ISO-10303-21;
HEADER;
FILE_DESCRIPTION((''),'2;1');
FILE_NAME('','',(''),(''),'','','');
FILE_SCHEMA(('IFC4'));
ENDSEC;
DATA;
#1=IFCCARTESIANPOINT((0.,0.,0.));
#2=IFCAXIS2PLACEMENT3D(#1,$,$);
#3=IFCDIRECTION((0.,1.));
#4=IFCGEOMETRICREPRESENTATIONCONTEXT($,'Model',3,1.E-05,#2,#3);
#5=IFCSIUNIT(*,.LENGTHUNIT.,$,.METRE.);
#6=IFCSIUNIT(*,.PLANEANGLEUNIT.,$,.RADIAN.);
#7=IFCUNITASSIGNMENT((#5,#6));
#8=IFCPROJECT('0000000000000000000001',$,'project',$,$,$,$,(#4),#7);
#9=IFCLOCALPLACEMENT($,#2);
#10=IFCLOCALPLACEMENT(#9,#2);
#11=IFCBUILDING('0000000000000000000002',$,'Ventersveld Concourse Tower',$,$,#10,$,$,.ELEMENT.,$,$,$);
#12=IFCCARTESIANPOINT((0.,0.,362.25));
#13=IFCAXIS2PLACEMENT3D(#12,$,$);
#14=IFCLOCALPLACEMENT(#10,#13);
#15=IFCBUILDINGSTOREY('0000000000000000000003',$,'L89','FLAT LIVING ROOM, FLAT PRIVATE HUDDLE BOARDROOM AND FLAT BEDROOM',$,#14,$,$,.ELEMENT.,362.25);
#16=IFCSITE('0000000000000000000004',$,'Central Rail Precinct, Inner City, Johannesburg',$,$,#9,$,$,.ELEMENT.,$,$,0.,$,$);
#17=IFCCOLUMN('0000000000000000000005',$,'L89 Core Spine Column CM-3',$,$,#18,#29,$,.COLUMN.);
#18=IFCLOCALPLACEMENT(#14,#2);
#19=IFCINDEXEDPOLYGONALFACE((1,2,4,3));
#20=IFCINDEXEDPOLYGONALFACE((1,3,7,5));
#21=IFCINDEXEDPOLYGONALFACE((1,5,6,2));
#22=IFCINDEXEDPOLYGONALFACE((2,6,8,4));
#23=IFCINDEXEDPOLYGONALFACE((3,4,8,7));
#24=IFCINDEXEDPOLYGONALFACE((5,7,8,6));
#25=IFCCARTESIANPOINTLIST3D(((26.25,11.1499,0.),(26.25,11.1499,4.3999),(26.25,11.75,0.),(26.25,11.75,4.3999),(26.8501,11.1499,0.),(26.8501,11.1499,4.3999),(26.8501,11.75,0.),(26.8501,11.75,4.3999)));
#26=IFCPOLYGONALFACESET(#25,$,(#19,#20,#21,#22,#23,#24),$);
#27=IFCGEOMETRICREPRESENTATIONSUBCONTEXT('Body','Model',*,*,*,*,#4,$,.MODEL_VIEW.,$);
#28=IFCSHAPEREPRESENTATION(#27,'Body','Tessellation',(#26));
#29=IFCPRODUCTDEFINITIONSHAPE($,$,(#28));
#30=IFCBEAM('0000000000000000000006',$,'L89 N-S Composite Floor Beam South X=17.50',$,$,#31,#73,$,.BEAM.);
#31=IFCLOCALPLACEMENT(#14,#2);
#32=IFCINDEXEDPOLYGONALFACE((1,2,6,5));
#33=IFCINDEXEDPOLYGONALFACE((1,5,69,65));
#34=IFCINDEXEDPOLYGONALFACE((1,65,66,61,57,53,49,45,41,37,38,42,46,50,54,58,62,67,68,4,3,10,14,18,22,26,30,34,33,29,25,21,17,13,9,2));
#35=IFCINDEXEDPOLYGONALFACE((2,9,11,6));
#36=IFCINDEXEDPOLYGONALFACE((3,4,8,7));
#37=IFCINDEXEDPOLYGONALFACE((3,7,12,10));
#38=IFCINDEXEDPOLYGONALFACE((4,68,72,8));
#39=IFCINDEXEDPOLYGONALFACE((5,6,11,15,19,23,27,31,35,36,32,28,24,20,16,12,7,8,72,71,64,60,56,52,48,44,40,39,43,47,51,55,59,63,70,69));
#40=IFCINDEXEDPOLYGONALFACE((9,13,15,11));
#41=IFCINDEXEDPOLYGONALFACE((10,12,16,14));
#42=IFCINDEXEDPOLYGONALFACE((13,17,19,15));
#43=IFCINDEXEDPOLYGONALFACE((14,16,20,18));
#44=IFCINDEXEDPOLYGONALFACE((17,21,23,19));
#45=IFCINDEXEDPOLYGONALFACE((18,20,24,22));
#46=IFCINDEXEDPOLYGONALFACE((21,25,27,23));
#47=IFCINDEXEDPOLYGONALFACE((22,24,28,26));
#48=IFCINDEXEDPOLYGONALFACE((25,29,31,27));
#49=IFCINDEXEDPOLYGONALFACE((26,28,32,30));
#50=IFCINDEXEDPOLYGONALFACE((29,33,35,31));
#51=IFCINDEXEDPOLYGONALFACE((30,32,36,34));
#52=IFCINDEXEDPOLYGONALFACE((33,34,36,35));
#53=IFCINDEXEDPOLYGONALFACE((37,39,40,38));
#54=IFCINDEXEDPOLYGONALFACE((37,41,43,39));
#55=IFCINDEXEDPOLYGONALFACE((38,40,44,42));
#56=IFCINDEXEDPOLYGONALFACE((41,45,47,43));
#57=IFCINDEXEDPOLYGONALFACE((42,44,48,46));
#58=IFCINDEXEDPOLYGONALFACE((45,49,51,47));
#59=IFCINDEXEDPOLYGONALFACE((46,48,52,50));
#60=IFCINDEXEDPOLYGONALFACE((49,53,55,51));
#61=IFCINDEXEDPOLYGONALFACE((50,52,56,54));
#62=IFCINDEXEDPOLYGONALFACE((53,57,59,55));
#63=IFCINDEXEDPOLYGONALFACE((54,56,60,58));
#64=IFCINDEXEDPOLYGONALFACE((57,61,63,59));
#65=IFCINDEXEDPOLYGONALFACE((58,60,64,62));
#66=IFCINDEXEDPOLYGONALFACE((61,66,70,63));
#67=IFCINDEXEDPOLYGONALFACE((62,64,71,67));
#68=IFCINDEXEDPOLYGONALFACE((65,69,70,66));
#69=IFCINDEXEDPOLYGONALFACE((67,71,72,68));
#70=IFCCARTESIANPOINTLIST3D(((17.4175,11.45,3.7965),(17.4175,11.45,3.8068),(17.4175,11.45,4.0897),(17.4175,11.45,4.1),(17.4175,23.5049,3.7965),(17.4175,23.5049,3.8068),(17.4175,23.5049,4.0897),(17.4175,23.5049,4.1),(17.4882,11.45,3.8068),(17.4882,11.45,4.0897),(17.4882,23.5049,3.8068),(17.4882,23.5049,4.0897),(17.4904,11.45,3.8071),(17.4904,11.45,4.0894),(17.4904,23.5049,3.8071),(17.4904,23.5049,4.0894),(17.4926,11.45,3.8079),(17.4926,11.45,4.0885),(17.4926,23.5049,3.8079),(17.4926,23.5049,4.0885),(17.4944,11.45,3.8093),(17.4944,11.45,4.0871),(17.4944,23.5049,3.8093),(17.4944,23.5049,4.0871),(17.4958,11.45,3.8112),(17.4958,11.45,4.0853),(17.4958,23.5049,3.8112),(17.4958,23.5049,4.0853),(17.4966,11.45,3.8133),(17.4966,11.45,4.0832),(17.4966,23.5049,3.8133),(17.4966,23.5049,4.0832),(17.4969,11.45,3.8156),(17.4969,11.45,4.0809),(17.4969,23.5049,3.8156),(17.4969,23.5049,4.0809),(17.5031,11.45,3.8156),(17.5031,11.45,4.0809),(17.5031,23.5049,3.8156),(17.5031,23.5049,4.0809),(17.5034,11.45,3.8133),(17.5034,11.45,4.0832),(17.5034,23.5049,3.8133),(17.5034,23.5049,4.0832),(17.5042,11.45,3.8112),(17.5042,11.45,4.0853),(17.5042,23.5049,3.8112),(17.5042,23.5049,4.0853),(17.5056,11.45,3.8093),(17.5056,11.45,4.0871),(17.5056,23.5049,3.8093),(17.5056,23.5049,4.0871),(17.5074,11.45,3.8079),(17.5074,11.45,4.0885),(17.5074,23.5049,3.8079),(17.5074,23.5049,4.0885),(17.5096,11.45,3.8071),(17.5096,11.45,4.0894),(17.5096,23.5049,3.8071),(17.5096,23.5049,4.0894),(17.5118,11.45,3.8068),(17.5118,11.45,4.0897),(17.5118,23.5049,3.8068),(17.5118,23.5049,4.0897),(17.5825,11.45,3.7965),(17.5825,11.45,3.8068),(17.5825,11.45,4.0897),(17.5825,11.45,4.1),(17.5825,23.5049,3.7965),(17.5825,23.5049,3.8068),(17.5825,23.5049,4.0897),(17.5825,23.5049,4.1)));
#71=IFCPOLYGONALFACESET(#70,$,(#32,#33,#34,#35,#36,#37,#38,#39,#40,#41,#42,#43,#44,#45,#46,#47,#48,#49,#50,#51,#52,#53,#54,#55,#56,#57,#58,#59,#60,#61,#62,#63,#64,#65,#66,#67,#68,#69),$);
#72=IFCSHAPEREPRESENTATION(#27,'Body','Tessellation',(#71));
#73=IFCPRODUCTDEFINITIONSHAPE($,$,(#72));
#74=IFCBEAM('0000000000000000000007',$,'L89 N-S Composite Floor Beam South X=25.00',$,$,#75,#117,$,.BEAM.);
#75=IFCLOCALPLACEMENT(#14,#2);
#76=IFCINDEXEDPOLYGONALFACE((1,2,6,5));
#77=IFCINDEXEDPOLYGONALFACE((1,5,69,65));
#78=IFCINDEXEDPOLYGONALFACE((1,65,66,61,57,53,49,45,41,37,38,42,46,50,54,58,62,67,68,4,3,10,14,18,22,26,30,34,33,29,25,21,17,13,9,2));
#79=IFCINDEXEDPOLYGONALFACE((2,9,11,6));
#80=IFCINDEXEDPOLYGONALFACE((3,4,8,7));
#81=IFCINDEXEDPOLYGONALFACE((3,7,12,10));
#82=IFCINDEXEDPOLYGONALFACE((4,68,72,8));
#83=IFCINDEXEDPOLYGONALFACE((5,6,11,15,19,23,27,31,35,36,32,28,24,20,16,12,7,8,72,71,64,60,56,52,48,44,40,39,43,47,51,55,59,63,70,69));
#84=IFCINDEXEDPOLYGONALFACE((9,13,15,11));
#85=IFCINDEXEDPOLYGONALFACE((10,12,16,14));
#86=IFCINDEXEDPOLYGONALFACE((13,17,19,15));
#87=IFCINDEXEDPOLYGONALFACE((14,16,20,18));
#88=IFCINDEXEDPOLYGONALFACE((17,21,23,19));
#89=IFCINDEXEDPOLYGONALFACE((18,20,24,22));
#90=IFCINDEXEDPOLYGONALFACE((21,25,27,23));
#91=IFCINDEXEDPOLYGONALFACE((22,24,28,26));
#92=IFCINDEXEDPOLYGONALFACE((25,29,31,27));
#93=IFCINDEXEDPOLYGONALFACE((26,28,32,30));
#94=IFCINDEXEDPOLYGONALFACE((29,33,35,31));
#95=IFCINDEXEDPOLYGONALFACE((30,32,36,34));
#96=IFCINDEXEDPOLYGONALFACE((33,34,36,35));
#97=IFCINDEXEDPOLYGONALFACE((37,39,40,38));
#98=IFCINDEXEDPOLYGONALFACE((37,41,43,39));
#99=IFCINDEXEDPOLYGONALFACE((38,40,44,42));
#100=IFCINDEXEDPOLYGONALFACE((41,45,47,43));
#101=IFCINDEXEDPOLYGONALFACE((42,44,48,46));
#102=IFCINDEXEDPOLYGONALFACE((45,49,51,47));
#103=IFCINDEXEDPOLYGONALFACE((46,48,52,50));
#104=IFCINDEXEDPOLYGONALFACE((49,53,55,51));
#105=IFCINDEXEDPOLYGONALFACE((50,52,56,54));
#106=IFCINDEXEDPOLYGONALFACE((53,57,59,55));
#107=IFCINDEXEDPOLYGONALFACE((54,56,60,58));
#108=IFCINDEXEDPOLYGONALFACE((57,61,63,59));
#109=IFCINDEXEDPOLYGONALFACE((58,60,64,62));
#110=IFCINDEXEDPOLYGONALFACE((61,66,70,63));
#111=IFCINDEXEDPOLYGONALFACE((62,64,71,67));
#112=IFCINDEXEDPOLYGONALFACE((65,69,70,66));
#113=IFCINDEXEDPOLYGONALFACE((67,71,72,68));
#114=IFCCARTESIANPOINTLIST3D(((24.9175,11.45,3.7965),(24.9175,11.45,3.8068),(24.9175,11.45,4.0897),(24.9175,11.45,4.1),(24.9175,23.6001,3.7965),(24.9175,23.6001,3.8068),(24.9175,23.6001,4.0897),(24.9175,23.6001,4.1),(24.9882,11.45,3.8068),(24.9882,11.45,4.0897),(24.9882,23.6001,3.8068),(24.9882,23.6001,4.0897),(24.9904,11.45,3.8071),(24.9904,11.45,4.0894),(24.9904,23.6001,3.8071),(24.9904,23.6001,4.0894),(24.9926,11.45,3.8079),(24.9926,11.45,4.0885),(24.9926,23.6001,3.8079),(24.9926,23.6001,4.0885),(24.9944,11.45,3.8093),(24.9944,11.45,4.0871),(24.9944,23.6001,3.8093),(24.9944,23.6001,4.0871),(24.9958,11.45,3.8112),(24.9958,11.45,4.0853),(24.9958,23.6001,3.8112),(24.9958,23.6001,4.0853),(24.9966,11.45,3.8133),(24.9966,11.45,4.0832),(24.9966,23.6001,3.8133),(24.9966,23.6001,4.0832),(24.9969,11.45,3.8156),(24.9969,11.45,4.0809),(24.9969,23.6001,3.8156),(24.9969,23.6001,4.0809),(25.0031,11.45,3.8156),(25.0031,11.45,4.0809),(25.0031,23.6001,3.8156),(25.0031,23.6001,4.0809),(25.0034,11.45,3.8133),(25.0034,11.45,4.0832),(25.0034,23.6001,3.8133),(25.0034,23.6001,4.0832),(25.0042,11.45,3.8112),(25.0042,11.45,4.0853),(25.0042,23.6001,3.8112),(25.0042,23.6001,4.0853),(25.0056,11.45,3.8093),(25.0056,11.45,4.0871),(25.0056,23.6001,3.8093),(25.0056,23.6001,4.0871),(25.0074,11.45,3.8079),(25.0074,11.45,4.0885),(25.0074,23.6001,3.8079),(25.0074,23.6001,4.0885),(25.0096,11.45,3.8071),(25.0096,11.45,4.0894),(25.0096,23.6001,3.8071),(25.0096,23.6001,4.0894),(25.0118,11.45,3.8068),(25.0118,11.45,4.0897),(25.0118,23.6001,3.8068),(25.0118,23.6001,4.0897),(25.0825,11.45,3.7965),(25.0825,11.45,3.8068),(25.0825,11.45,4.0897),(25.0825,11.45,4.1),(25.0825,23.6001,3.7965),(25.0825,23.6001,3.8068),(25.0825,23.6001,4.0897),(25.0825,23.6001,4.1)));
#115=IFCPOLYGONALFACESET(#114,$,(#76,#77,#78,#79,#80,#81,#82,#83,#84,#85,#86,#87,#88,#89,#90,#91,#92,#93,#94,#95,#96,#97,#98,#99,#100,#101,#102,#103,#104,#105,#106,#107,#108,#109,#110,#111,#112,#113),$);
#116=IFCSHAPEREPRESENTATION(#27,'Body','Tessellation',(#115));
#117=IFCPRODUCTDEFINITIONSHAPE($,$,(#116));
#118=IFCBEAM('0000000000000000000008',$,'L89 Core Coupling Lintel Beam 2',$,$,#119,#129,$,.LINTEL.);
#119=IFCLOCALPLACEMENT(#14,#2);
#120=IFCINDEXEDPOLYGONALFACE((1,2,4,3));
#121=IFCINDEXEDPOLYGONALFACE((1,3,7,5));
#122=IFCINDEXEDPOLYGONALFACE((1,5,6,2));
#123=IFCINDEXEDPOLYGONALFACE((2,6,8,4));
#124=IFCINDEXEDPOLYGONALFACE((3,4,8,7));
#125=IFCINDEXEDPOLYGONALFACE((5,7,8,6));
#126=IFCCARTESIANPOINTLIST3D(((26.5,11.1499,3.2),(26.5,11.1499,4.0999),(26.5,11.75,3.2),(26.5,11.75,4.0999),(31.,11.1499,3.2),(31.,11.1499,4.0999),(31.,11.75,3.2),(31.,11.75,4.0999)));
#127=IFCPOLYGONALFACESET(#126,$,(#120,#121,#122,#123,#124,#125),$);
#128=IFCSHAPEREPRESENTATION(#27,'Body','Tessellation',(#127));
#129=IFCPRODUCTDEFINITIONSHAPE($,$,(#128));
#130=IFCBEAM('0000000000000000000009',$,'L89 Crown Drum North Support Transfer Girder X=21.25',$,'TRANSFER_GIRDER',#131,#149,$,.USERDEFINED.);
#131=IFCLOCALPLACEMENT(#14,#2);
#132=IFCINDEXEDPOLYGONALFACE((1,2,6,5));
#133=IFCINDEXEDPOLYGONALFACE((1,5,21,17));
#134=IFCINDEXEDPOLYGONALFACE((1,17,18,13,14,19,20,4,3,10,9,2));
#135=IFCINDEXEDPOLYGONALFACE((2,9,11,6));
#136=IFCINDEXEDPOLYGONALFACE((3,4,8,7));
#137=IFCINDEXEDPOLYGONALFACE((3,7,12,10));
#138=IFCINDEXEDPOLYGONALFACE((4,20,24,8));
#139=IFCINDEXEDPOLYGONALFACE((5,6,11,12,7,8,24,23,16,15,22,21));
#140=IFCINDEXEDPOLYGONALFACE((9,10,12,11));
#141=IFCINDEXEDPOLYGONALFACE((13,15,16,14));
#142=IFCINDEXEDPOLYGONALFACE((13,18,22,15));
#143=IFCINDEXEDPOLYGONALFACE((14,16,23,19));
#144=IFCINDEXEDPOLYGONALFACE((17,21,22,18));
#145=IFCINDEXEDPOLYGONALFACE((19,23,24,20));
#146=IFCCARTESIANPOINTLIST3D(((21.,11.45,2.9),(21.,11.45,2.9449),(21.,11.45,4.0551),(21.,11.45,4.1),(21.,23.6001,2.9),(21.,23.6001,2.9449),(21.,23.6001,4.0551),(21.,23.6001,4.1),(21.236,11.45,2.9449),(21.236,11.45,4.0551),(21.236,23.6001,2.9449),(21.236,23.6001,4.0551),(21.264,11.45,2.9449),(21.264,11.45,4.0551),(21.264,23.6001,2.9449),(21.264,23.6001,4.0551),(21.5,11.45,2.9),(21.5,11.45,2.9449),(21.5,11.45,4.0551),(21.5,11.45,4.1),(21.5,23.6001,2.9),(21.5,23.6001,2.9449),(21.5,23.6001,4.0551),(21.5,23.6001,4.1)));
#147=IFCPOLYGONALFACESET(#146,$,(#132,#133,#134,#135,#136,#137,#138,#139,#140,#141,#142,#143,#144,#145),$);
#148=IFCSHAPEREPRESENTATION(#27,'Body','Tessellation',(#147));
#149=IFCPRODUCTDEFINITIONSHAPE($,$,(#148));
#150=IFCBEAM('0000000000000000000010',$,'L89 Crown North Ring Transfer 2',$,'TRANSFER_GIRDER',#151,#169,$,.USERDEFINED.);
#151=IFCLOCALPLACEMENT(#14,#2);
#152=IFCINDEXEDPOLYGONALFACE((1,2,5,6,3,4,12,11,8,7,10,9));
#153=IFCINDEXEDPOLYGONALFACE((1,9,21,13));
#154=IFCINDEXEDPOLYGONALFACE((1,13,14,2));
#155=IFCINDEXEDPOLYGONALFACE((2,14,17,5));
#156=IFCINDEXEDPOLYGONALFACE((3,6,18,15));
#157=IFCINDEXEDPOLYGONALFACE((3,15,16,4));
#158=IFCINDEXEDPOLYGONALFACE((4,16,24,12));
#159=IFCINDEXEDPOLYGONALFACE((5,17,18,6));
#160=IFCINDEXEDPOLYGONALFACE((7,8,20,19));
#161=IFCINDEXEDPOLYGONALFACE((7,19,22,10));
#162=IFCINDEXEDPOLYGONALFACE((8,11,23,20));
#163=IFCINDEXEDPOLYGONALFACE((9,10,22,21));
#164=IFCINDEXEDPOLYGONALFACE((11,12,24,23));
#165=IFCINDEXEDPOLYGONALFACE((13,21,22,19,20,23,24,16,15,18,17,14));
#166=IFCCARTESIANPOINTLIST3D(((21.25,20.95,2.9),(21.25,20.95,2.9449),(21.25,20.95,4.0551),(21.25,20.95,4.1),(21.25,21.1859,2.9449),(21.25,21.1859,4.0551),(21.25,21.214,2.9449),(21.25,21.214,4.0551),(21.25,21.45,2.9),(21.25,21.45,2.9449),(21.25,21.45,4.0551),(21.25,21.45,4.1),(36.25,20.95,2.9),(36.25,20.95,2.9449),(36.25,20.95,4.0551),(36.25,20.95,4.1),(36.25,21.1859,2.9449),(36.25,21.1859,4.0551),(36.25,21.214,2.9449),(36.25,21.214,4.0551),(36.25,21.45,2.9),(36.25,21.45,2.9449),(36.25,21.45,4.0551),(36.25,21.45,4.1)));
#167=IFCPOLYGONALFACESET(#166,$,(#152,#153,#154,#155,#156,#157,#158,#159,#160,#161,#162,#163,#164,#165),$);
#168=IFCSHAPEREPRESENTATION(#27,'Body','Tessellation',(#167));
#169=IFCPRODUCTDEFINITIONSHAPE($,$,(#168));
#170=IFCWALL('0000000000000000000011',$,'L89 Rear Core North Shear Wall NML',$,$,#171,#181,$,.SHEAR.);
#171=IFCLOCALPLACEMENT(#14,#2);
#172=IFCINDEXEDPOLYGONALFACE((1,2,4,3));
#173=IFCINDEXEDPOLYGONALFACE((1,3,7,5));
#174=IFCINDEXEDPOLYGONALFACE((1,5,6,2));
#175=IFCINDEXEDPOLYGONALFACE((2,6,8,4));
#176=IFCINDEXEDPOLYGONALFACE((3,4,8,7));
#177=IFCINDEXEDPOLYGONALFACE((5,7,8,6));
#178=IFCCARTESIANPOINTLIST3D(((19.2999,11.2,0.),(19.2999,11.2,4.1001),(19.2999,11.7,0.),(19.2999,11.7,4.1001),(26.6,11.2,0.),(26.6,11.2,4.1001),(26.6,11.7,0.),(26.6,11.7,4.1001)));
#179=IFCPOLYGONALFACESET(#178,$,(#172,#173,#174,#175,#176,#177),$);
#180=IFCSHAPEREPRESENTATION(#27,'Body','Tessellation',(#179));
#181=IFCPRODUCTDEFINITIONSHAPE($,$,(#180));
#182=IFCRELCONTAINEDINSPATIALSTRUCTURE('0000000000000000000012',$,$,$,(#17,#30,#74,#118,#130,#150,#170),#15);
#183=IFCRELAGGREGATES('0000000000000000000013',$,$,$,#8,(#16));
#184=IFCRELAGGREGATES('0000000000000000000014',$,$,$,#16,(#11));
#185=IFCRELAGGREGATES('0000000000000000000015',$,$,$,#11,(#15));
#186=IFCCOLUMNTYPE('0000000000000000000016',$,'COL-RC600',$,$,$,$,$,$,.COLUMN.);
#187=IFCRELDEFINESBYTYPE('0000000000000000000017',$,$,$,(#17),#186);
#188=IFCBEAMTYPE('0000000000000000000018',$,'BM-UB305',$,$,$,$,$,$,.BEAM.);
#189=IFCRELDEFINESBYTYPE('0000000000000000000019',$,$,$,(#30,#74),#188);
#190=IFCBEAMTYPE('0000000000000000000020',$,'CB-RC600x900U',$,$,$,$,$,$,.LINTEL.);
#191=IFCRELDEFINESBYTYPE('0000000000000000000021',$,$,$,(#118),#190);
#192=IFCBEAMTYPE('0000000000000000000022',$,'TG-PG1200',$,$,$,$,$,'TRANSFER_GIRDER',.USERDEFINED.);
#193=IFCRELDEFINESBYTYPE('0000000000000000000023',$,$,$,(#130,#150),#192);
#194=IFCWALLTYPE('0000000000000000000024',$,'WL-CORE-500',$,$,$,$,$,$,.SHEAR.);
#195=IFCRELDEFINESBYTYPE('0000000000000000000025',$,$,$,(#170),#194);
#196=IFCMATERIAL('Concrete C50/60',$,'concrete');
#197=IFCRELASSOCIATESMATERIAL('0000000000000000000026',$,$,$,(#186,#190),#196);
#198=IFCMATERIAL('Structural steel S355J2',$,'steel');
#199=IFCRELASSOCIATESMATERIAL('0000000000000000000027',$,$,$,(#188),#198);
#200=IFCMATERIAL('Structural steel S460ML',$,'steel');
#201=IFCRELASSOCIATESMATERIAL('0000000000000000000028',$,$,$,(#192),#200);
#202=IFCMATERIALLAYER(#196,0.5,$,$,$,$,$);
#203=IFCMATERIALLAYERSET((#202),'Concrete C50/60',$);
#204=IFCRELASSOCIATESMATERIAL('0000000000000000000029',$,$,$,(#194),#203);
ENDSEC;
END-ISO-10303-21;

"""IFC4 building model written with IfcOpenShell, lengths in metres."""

from ifc_helpers import new_model, si_unit, direction, frame, frame_2d, origin, origin_2d, place, context, subcontext, project, spatial, rectangle, i_section, extrude, material, layer, layer_set, material_profile, profile_set, type_object, element, save


model = new_model("IFC4")

# Units and contexts
model_context = context("Model", 3, precision=1e-05, world=origin(), true_north=direction((0.0, 1.0)))
body_context = subcontext(model_context, "Body", "Model", "MODEL_VIEW")
ifc_project = project(units=[si_unit("LENGTHUNIT", "METRE"), si_unit("PLANEANGLEUNIT", "RADIAN")], contexts=[model_context])

# Site, building, storey
site_placement = place(None, origin())
site = spatial("IfcSite", under=ifc_project, at=site_placement, Name="Central Rail Precinct, Inner City, Johannesburg", CompositionType="ELEMENT", RefElevation=0.0)
building_placement = place(site_placement, origin())
building = spatial("IfcBuilding", under=site, at=building_placement, Name="Ventersveld Concourse Tower", CompositionType="ELEMENT")
storey_placement = place(building_placement, frame((0.0, 0.0, 362.25)))
storey = spatial("IfcBuildingStorey", under=building, at=storey_placement, Name="L89", Description="FLAT LIVING ROOM, FLAT PRIVATE HUDDLE BOARDROOM AND FLAT BEDROOM", CompositionType="ELEMENT", Elevation=362.25)

# Column
ifc_material_1 = material(Name="Concrete C50/60", Category="concrete")
ifc_material_profile_1 = material_profile(ifc_material_1, rectangle(XDim=0.6001, YDim=0.6001, at=origin_2d()), Name="RC 600x600")
ifc_profile_set_1 = profile_set([ifc_material_profile_1], Name="Concrete C50/60")
column_type = type_object("IfcColumnType", Name="COL-RC600", PredefinedType="COLUMN", material=ifc_profile_set_1)
column_placement = place(storey_placement, frame((26.55, 11.45, 0.0), z_axis=(0.0, 0.0, 1.0), x_axis=(1.0, 0.0, 0.0)))
element("IfcColumn", 1, at=column_placement, inside=storey, type_object=column_type, Name="L89 Core Spine Column CM-3", PredefinedType="COLUMN", context=body_context, shape_type="SweptSolid", body=[
    extrude(rectangle(XDim=0.6001, YDim=0.6001, at=origin_2d()), origin(), (0.0, 0.0, 1.0), 4.3999),
])

# Beams
ifc_material_2 = material(Name="Structural steel S355J2", Category="steel")
ifc_material_profile_2 = material_profile(ifc_material_2, i_section(OverallWidth=0.165, OverallDepth=0.3035, WebThickness=0.0061, FlangeThickness=0.0103, FilletRadius=0.0088, at=origin_2d()), Name="UB 305x165x40")
ifc_profile_set_2 = profile_set([ifc_material_profile_2], Name="Structural steel S355J2")
beam_type_1 = type_object("IfcBeamType", Name="BM-UB305", PredefinedType="BEAM", material=ifc_profile_set_2)
beam_1_placement = place(storey_placement, frame((17.5, 11.45, 3.9482), z_axis=(0.0, 1.0, 0.0), x_axis=(-1.0, 0.0, 0.0)))
element("IfcBeam", 2, at=beam_1_placement, inside=storey, type_object=beam_type_1, Name="L89 N-S Composite Floor Beam South X=17.50", PredefinedType="BEAM", context=body_context, shape_type="SweptSolid", body=[
    extrude(i_section(OverallWidth=0.165, OverallDepth=0.3035, WebThickness=0.0061, FlangeThickness=0.0103, FilletRadius=0.0088, at=origin_2d()), origin(), (0.0, 0.0, 1.0), 12.0549),
])
beam_2_placement = place(storey_placement, frame((25.0, 11.45, 3.9482), z_axis=(0.0, 1.0, 0.0), x_axis=(-1.0, 0.0, 0.0)))
element("IfcBeam", 3, at=beam_2_placement, inside=storey, type_object=beam_type_1, Name="L89 N-S Composite Floor Beam South X=25.00", PredefinedType="BEAM", context=body_context, shape_type="SweptSolid", body=[
    extrude(i_section(OverallWidth=0.165, OverallDepth=0.3035, WebThickness=0.0061, FlangeThickness=0.0103, FilletRadius=0.0088, at=origin_2d()), origin(), (0.0, 0.0, 1.0), 12.1501),
])
ifc_material_profile_3 = material_profile(ifc_material_1, rectangle(XDim=0.6001, YDim=0.8999, at=origin_2d()), Name="RC 600x900")
ifc_profile_set_3 = profile_set([ifc_material_profile_3], Name="Concrete C50/60")
beam_type_2 = type_object("IfcBeamType", Name="CB-RC600x900U", PredefinedType="LINTEL", material=ifc_profile_set_3)
beam_3_placement = place(storey_placement, frame((26.5, 11.45, 3.6499), z_axis=(1.0, 0.0, 0.0), x_axis=(0.0, 1.0, 0.0)))
element("IfcBeam", 4, at=beam_3_placement, inside=storey, type_object=beam_type_2, Name="L89 Core Coupling Lintel Beam 2", PredefinedType="LINTEL", context=body_context, shape_type="SweptSolid", body=[
    extrude(rectangle(XDim=0.6001, YDim=0.8999, at=origin_2d()), origin(), (0.0, 0.0, 1.0), 4.5),
])
ifc_material_3 = material(Name="Structural steel S460ML", Category="steel")
ifc_material_profile_4 = material_profile(ifc_material_3, i_section(OverallWidth=0.5, OverallDepth=1.2, WebThickness=0.0281, FlangeThickness=0.0449, at=origin_2d()), Name="PG 1200x500x45")
ifc_profile_set_4 = profile_set([ifc_material_profile_4], Name="Structural steel S460ML")
beam_type_3 = type_object("IfcBeamType", Name="TG-PG1200", ElementType="TRANSFER_GIRDER", PredefinedType="USERDEFINED", material=ifc_profile_set_4)
beam_4_placement = place(storey_placement, frame((21.25, 11.45, 3.5), z_axis=(0.0, 1.0, 0.0), x_axis=(-1.0, 0.0, 0.0)))
element("IfcBeam", 5, at=beam_4_placement, inside=storey, type_object=beam_type_3, Name="L89 Crown Drum North Support Transfer Girder X=21.25", ObjectType="TRANSFER_GIRDER", PredefinedType="USERDEFINED", context=body_context, shape_type="SweptSolid", body=[
    extrude(i_section(OverallWidth=0.5, OverallDepth=1.2, WebThickness=0.0281, FlangeThickness=0.0449, at=origin_2d()), origin(), (0.0, 0.0, 1.0), 12.1501),
])
beam_5_placement = place(storey_placement, frame((21.25, 21.2, 3.5), z_axis=(1.0, 0.0, 0.0), x_axis=(0.0, 1.0, 0.0)))
element("IfcBeam", 6, at=beam_5_placement, inside=storey, type_object=beam_type_3, Name="L89 Crown North Ring Transfer 2", ObjectType="TRANSFER_GIRDER", PredefinedType="USERDEFINED", context=body_context, shape_type="SweptSolid", body=[
    extrude(i_section(OverallWidth=0.5, OverallDepth=1.2, WebThickness=0.0281, FlangeThickness=0.0449, at=origin_2d()), origin(), (0.0, 0.0, 1.0), 15.0),
])

# Wall
ifc_layer_1 = layer(ifc_material_1, 0.5)
ifc_layer_set_1 = layer_set([ifc_layer_1], Name="Concrete C50/60")
wall_type_1 = type_object("IfcWallType", Name="WL-CORE-500", PredefinedType="SHEAR", material=ifc_layer_set_1)
wall_1_placement = place(storey_placement, frame((19.3, 11.45, 0.0), z_axis=(0.0, 0.0, 1.0), x_axis=(1.0, 0.0, 0.0)))
element("IfcWall", 7, at=wall_1_placement, inside=storey, type_object=wall_type_1, Name="L89 Rear Core North Shear Wall NML", PredefinedType="SHEAR", context=body_context, shape_type="SweptSolid", body=[
    extrude(rectangle(XDim=7.3, YDim=0.5, at=frame_2d((3.6499, 0.0))), origin(), (0.0, 0.0, 1.0), 4.1001),
])

save(model, "model.ifc")
